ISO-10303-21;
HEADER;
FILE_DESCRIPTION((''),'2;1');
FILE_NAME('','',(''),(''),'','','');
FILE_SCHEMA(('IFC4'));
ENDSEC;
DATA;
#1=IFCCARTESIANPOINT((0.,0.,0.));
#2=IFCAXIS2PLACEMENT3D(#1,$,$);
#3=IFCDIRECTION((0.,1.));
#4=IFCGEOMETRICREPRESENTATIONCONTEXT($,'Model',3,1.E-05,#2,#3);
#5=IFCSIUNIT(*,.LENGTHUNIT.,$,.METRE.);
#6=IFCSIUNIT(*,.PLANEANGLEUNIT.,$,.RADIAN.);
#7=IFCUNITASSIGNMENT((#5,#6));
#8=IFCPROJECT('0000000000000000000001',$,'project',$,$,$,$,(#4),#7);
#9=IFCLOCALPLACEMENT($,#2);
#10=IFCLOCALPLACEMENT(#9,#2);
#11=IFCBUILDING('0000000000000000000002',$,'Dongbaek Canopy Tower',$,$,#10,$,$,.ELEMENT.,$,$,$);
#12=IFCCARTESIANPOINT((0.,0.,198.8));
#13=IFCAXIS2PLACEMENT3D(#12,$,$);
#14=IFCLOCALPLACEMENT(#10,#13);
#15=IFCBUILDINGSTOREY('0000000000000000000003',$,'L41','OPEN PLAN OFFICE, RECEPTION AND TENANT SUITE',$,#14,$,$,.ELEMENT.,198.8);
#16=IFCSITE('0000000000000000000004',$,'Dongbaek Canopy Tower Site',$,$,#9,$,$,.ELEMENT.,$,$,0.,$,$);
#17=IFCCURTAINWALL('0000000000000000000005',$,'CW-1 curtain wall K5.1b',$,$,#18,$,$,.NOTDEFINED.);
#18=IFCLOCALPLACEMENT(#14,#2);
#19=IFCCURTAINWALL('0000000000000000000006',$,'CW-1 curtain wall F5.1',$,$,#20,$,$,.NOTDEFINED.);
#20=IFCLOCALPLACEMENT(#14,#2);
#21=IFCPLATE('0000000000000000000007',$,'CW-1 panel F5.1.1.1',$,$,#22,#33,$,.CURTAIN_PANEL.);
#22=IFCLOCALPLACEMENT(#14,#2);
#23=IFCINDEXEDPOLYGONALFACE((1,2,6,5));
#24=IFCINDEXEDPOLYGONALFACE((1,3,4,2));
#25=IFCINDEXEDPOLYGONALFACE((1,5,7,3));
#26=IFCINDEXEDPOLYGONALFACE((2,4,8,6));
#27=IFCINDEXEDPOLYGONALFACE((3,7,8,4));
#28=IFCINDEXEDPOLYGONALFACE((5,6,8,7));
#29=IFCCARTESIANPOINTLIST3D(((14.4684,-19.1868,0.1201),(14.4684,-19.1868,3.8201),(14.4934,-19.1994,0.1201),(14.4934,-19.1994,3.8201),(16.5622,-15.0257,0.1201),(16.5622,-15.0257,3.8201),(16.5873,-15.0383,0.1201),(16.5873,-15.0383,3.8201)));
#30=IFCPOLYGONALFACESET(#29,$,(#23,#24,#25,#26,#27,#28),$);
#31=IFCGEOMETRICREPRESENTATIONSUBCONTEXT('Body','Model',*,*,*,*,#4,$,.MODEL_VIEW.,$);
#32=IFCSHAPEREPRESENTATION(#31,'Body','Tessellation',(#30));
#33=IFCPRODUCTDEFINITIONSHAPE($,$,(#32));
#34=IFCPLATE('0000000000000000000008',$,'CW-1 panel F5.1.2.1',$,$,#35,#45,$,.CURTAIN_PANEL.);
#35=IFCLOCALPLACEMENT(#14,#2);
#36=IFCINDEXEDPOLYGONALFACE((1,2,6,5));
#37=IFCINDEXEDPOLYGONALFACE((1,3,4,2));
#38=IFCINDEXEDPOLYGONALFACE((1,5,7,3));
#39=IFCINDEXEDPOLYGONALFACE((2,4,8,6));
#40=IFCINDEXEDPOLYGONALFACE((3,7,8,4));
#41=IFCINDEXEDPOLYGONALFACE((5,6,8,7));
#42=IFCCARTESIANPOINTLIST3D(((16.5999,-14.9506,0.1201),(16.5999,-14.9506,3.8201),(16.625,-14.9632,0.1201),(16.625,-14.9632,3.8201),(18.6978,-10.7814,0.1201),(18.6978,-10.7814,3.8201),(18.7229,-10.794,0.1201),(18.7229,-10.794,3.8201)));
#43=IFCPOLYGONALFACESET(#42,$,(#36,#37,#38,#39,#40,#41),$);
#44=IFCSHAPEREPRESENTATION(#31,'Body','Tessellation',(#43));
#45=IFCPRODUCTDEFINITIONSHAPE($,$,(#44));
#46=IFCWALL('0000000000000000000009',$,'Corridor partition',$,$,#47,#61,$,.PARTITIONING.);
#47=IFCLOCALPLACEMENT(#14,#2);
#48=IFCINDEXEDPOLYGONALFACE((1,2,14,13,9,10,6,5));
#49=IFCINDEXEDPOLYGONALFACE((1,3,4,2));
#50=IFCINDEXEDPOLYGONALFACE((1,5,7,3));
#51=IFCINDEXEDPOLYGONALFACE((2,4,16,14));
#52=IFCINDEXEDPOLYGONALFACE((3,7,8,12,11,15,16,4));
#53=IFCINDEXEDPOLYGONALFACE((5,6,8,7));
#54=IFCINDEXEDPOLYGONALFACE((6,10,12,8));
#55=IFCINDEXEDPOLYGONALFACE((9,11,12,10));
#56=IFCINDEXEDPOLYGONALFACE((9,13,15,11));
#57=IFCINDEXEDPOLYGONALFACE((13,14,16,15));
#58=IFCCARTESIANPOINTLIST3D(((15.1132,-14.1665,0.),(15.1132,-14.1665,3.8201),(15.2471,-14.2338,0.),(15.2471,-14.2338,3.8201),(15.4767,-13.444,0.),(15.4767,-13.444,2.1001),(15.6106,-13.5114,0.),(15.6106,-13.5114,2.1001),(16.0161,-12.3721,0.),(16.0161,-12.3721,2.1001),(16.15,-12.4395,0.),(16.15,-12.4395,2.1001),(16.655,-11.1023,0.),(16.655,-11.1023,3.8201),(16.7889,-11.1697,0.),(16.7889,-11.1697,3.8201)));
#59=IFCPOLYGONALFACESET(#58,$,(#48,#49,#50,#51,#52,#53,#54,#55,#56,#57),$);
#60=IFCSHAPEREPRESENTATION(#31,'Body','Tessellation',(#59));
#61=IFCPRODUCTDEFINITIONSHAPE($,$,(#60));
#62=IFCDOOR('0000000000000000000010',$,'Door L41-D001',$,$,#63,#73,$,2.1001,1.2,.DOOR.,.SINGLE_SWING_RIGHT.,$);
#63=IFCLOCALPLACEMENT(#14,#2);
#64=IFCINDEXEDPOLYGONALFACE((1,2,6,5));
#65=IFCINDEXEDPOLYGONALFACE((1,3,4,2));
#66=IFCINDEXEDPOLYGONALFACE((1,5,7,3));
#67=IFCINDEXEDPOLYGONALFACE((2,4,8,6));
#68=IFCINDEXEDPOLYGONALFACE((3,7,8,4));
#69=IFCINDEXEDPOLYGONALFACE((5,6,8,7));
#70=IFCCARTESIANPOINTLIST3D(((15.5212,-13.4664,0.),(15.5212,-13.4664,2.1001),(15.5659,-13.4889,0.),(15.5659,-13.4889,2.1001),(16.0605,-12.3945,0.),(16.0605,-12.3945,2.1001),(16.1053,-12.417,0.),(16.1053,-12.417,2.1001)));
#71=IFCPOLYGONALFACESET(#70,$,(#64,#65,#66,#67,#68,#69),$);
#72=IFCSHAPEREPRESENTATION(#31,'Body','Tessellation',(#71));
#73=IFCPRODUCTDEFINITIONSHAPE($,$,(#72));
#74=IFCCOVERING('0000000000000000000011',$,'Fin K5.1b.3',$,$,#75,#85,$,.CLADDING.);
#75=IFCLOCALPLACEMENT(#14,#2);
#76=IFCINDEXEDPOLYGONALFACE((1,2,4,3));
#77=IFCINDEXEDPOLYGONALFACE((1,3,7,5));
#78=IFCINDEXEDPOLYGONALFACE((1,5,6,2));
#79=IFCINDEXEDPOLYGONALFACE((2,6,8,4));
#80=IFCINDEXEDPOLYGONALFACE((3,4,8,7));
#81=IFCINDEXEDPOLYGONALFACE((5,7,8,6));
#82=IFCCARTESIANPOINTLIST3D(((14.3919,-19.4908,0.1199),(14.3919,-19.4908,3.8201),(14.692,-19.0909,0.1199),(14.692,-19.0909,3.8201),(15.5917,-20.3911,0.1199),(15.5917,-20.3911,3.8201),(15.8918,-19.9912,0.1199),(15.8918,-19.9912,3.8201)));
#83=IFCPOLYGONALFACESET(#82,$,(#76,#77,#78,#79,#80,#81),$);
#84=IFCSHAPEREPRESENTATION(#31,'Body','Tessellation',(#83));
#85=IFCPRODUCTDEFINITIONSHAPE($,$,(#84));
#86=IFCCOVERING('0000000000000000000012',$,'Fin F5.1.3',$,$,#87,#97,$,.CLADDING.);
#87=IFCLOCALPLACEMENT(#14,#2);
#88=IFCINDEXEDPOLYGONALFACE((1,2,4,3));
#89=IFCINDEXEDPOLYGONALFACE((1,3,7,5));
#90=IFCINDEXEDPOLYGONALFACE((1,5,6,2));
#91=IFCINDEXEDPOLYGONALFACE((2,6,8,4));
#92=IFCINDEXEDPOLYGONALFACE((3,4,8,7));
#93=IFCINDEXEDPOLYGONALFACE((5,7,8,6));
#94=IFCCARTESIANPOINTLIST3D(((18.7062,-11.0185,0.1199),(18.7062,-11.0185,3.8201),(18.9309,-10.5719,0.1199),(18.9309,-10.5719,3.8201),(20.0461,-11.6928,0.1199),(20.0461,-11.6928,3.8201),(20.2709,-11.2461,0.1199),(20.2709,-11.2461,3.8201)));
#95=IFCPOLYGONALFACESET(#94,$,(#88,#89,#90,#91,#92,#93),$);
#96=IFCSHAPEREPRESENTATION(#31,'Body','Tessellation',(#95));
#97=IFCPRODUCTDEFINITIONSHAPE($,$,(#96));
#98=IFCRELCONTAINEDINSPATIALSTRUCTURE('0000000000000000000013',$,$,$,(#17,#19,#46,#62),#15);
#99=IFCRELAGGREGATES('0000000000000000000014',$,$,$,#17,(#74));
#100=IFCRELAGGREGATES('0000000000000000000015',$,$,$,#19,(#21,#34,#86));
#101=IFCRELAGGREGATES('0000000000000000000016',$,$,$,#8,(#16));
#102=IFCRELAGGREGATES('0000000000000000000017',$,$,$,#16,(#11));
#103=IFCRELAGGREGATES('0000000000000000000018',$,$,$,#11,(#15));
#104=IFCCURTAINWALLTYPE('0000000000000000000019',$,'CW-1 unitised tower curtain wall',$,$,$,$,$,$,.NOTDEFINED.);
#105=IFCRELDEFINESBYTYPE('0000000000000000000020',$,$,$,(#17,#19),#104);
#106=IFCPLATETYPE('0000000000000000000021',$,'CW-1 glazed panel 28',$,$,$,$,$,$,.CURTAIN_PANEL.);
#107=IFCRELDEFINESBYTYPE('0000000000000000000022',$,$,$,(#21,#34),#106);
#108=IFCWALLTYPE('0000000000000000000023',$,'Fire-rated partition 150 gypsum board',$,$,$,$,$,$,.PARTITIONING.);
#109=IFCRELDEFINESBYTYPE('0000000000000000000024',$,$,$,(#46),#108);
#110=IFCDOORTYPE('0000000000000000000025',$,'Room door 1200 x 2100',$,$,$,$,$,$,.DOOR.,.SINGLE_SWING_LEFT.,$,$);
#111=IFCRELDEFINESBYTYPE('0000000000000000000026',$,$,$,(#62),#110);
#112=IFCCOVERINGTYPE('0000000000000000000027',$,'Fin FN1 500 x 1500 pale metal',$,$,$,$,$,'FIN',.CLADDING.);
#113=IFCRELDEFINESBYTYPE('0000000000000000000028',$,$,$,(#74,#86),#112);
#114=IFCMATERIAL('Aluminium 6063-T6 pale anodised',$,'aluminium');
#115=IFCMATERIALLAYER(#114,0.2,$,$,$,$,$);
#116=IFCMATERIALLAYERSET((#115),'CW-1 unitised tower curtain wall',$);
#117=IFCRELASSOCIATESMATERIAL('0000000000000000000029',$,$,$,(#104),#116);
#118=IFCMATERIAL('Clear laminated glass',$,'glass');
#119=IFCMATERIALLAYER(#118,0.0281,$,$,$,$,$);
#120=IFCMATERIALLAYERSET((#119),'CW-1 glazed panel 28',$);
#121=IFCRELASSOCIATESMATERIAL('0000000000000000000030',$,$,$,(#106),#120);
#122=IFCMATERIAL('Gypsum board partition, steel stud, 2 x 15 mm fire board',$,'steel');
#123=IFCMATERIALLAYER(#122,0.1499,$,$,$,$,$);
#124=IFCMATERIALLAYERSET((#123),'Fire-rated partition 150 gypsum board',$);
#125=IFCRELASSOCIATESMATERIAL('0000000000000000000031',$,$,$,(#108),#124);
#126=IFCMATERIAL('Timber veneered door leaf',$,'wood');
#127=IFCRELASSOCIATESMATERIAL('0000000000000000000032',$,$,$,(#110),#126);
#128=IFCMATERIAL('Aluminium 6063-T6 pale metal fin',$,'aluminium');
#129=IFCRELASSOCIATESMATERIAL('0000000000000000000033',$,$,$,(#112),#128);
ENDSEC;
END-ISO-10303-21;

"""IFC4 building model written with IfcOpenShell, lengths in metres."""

from ifc_helpers import new_model, si_unit, direction, frame, frame_2d, origin, origin_2d, place, context, subcontext, project, spatial, rectangle, extrude, material, layer, layer_set, material_profile, profile_set, type_object, element, fill, aggregate, save


model = new_model("IFC4")

# Units and contexts
model_context = context("Model", 3, precision=1e-05, world=origin(), true_north=direction((0.0, 1.0)))
body_context = subcontext(model_context, "Body", "Model", "MODEL_VIEW")
ifc_project = project(units=[si_unit("LENGTHUNIT", "METRE"), si_unit("PLANEANGLEUNIT", "RADIAN")], contexts=[model_context])

# Site, building, storey
site_placement = place(None, origin())
site = spatial("IfcSite", under=ifc_project, at=site_placement, Name="Dongbaek Canopy Tower Site", CompositionType="ELEMENT", RefElevation=0.0)
building_placement = place(site_placement, origin())
building = spatial("IfcBuilding", under=site, at=building_placement, Name="Dongbaek Canopy Tower", CompositionType="ELEMENT")
storey_placement = place(building_placement, frame((0.0, 0.0, 198.8)))
storey = spatial("IfcBuildingStorey", under=building, at=storey_placement, Name="L41", Description="OPEN PLAN OFFICE, RECEPTION AND TENANT SUITE", CompositionType="ELEMENT", Elevation=198.8)

# Shared definitions
ifc_material_1 = material(Name="Aluminium 6063-T6 pale anodised", Category="aluminium")
ifc_layer_1 = layer(ifc_material_1, 0.2)
ifc_layer_set_1 = layer_set([ifc_layer_1], Name="CW-1 unitised tower curtain wall")
curtain_wall_type = type_object("IfcCurtainWallType", Name="CW-1 unitised tower curtain wall", PredefinedType="NOTDEFINED", material=ifc_layer_set_1)

# Curtain walls
curtain_wall_1_placement = place(storey_placement, origin())
curtain_wall_1 = element("IfcCurtainWall", 1, at=curtain_wall_1_placement, inside=storey, type_object=curtain_wall_type, Name="CW-1 curtain wall K5.1b", PredefinedType="NOTDEFINED")
curtain_wall_2_placement = place(storey_placement, origin())
curtain_wall_2 = element("IfcCurtainWall", 2, at=curtain_wall_2_placement, inside=storey, type_object=curtain_wall_type, Name="CW-1 curtain wall F5.1", PredefinedType="NOTDEFINED")

# Plates
ifc_material_2 = material(Name="Clear laminated glass", Category="glass")
ifc_layer_2 = layer(ifc_material_2, 0.0281)
ifc_layer_set_2 = layer_set([ifc_layer_2], Name="CW-1 glazed panel 28")
plate_type = type_object("IfcPlateType", Name="CW-1 glazed panel 28", PredefinedType="CURTAIN_PANEL", material=ifc_layer_set_2)
plate_1_placement = place(storey_placement, frame((15.5278, -17.1125, 0.1201), z_axis=(0.0, 0.0, 1.0), x_axis=(0.449499, 0.893281, 0.0)))
plate_1 = element("IfcPlate", 3, at=plate_1_placement, type_object=plate_type, Name="CW-1 panel F5.1.1.1", PredefinedType="CURTAIN_PANEL", context=body_context, shape_type="SweptSolid", body=[
    extrude(rectangle(XDim=4.6582, YDim=0.0281, at=origin_2d()), origin(), (0.0, 0.0, 1.0), 3.7),
])
plate_2_placement = place(storey_placement, frame((17.6614, -12.8723, 0.1201), z_axis=(0.0, 0.0, 1.0), x_axis=(0.449499, 0.893281, 0.0)))
plate_2 = element("IfcPlate", 4, at=plate_2_placement, type_object=plate_type, Name="CW-1 panel F5.1.2.1", PredefinedType="CURTAIN_PANEL", context=body_context, shape_type="SweptSolid", body=[
    extrude(rectangle(XDim=4.6672, YDim=0.0281, at=origin_2d()), origin(), (0.0, 0.0, 1.0), 3.7),
])

# Wall, opening, door
ifc_material_3 = material(Name="Gypsum board partition, steel stud, 2 x 15 mm fire board", Category="steel")
ifc_layer_3 = layer(ifc_material_3, 0.1499)
ifc_layer_set_3 = layer_set([ifc_layer_3], Name="Fire-rated partition 150 gypsum board")
wall_type = type_object("IfcWallType", Name="Fire-rated partition 150 gypsum board", PredefinedType="PARTITIONING", material=ifc_layer_set_3)
wall_placement = place(storey_placement, frame((16.7219, -11.136, 0.0), z_axis=(0.0, 0.0, 1.0), x_axis=(-0.449461, -0.8933, 0.0)))
wall = element("IfcWall", 5, at=wall_placement, inside=storey, type_object=wall_type, Name="Corridor partition", PredefinedType="PARTITIONING", context=body_context, shape_type="SweptSolid", body=[
    extrude(rectangle(XDim=3.4302, YDim=0.1499, at=frame_2d((1.7151, 0.0))), origin(), (0.0, 0.0, 1.0), 3.8201),
])
opening_placement = place(wall_placement, frame((1.4214, 0.0, 0.0)))
opening = element("IfcOpeningElement", 6, at=opening_placement, cuts=wall, PredefinedType="OPENING", context=body_context, shape_type="SweptSolid", body=[
    extrude(rectangle(XDim=1.2, YDim=2.1001, at=frame_2d((0.6001, 1.05))), frame((0.0, 0.085, 0.0), z_axis=(0.0, -1.0, 0.0), x_axis=(1.0, 0.0, 0.0)), (0.0, 0.0, 1.0), 0.1699),
])
ifc_material_4 = material(Name="Timber veneered door leaf", Category="wood")
door_type = type_object("IfcDoorType", Name="Room door 1200 x 2100", OperationType="SINGLE_SWING_LEFT", PredefinedType="DOOR", material=ifc_material_4)
door_placement = place(opening_placement, origin())
door = element("IfcDoor", 7, at=door_placement, inside=storey, type_object=door_type, Name="Door L41-D001", OperationType="SINGLE_SWING_RIGHT", OverallHeight=2.1001, OverallWidth=1.2, PredefinedType="DOOR", context=body_context, shape_type="SweptSolid", body=[
    extrude(rectangle(XDim=1.2, YDim=2.1001, at=frame_2d((0.6001, 1.05))), frame((0.0, 0.0249, 0.0), z_axis=(0.0, -1.0, 0.0), x_axis=(1.0, 0.0, 0.0)), (0.0, 0.0, 1.0), 0.05),
])
fill(opening, door)

# Coverings
ifc_material_5 = material(Name="Aluminium 6063-T6 pale metal fin", Category="aluminium")
ifc_material_profile_1 = material_profile(ifc_material_5, rectangle(XDim=1.5, YDim=0.5, at=origin_2d()), Name="Fin FN1 500 x 1500 pale metal")
ifc_profile_set_1 = profile_set([ifc_material_profile_1], Name="Aluminium 6063-T6 pale metal fin")
covering_type = type_object("IfcCoveringType", Name="Fin FN1 500 x 1500 pale metal", ElementType="FIN", PredefinedType="CLADDING", material=ifc_profile_set_1)
covering_1_placement = place(storey_placement, frame((15.1418, -19.741, 0.1199), z_axis=(0.0, 0.0, 1.0), x_axis=(0.799847, -0.600203, 0.0)))
covering_1 = element("IfcCovering", 8, at=covering_1_placement, type_object=covering_type, Name="Fin K5.1b.3", PredefinedType="CLADDING", context=body_context, shape_type="SweptSolid", body=[
    extrude(rectangle(XDim=1.5, YDim=0.5, at=origin_2d()), origin(), (0.0, 0.0, 1.0), 3.7002),
])
aggregate(curtain_wall_1, [covering_1])
covering_2_placement = place(storey_placement, frame((19.4885, -11.1323, 0.1199), z_axis=(0.0, 0.0, 1.0), x_axis=(0.893281, -0.449499, 0.0)))
covering_2 = element("IfcCovering", 9, at=covering_2_placement, type_object=covering_type, Name="Fin F5.1.3", PredefinedType="CLADDING", context=body_context, shape_type="SweptSolid", body=[
    extrude(rectangle(XDim=1.5, YDim=0.5, at=origin_2d()), origin(), (0.0, 0.0, 1.0), 3.7002),
])
aggregate(curtain_wall_2, [plate_1, plate_2, covering_2])

save(model, "model.ifc")
